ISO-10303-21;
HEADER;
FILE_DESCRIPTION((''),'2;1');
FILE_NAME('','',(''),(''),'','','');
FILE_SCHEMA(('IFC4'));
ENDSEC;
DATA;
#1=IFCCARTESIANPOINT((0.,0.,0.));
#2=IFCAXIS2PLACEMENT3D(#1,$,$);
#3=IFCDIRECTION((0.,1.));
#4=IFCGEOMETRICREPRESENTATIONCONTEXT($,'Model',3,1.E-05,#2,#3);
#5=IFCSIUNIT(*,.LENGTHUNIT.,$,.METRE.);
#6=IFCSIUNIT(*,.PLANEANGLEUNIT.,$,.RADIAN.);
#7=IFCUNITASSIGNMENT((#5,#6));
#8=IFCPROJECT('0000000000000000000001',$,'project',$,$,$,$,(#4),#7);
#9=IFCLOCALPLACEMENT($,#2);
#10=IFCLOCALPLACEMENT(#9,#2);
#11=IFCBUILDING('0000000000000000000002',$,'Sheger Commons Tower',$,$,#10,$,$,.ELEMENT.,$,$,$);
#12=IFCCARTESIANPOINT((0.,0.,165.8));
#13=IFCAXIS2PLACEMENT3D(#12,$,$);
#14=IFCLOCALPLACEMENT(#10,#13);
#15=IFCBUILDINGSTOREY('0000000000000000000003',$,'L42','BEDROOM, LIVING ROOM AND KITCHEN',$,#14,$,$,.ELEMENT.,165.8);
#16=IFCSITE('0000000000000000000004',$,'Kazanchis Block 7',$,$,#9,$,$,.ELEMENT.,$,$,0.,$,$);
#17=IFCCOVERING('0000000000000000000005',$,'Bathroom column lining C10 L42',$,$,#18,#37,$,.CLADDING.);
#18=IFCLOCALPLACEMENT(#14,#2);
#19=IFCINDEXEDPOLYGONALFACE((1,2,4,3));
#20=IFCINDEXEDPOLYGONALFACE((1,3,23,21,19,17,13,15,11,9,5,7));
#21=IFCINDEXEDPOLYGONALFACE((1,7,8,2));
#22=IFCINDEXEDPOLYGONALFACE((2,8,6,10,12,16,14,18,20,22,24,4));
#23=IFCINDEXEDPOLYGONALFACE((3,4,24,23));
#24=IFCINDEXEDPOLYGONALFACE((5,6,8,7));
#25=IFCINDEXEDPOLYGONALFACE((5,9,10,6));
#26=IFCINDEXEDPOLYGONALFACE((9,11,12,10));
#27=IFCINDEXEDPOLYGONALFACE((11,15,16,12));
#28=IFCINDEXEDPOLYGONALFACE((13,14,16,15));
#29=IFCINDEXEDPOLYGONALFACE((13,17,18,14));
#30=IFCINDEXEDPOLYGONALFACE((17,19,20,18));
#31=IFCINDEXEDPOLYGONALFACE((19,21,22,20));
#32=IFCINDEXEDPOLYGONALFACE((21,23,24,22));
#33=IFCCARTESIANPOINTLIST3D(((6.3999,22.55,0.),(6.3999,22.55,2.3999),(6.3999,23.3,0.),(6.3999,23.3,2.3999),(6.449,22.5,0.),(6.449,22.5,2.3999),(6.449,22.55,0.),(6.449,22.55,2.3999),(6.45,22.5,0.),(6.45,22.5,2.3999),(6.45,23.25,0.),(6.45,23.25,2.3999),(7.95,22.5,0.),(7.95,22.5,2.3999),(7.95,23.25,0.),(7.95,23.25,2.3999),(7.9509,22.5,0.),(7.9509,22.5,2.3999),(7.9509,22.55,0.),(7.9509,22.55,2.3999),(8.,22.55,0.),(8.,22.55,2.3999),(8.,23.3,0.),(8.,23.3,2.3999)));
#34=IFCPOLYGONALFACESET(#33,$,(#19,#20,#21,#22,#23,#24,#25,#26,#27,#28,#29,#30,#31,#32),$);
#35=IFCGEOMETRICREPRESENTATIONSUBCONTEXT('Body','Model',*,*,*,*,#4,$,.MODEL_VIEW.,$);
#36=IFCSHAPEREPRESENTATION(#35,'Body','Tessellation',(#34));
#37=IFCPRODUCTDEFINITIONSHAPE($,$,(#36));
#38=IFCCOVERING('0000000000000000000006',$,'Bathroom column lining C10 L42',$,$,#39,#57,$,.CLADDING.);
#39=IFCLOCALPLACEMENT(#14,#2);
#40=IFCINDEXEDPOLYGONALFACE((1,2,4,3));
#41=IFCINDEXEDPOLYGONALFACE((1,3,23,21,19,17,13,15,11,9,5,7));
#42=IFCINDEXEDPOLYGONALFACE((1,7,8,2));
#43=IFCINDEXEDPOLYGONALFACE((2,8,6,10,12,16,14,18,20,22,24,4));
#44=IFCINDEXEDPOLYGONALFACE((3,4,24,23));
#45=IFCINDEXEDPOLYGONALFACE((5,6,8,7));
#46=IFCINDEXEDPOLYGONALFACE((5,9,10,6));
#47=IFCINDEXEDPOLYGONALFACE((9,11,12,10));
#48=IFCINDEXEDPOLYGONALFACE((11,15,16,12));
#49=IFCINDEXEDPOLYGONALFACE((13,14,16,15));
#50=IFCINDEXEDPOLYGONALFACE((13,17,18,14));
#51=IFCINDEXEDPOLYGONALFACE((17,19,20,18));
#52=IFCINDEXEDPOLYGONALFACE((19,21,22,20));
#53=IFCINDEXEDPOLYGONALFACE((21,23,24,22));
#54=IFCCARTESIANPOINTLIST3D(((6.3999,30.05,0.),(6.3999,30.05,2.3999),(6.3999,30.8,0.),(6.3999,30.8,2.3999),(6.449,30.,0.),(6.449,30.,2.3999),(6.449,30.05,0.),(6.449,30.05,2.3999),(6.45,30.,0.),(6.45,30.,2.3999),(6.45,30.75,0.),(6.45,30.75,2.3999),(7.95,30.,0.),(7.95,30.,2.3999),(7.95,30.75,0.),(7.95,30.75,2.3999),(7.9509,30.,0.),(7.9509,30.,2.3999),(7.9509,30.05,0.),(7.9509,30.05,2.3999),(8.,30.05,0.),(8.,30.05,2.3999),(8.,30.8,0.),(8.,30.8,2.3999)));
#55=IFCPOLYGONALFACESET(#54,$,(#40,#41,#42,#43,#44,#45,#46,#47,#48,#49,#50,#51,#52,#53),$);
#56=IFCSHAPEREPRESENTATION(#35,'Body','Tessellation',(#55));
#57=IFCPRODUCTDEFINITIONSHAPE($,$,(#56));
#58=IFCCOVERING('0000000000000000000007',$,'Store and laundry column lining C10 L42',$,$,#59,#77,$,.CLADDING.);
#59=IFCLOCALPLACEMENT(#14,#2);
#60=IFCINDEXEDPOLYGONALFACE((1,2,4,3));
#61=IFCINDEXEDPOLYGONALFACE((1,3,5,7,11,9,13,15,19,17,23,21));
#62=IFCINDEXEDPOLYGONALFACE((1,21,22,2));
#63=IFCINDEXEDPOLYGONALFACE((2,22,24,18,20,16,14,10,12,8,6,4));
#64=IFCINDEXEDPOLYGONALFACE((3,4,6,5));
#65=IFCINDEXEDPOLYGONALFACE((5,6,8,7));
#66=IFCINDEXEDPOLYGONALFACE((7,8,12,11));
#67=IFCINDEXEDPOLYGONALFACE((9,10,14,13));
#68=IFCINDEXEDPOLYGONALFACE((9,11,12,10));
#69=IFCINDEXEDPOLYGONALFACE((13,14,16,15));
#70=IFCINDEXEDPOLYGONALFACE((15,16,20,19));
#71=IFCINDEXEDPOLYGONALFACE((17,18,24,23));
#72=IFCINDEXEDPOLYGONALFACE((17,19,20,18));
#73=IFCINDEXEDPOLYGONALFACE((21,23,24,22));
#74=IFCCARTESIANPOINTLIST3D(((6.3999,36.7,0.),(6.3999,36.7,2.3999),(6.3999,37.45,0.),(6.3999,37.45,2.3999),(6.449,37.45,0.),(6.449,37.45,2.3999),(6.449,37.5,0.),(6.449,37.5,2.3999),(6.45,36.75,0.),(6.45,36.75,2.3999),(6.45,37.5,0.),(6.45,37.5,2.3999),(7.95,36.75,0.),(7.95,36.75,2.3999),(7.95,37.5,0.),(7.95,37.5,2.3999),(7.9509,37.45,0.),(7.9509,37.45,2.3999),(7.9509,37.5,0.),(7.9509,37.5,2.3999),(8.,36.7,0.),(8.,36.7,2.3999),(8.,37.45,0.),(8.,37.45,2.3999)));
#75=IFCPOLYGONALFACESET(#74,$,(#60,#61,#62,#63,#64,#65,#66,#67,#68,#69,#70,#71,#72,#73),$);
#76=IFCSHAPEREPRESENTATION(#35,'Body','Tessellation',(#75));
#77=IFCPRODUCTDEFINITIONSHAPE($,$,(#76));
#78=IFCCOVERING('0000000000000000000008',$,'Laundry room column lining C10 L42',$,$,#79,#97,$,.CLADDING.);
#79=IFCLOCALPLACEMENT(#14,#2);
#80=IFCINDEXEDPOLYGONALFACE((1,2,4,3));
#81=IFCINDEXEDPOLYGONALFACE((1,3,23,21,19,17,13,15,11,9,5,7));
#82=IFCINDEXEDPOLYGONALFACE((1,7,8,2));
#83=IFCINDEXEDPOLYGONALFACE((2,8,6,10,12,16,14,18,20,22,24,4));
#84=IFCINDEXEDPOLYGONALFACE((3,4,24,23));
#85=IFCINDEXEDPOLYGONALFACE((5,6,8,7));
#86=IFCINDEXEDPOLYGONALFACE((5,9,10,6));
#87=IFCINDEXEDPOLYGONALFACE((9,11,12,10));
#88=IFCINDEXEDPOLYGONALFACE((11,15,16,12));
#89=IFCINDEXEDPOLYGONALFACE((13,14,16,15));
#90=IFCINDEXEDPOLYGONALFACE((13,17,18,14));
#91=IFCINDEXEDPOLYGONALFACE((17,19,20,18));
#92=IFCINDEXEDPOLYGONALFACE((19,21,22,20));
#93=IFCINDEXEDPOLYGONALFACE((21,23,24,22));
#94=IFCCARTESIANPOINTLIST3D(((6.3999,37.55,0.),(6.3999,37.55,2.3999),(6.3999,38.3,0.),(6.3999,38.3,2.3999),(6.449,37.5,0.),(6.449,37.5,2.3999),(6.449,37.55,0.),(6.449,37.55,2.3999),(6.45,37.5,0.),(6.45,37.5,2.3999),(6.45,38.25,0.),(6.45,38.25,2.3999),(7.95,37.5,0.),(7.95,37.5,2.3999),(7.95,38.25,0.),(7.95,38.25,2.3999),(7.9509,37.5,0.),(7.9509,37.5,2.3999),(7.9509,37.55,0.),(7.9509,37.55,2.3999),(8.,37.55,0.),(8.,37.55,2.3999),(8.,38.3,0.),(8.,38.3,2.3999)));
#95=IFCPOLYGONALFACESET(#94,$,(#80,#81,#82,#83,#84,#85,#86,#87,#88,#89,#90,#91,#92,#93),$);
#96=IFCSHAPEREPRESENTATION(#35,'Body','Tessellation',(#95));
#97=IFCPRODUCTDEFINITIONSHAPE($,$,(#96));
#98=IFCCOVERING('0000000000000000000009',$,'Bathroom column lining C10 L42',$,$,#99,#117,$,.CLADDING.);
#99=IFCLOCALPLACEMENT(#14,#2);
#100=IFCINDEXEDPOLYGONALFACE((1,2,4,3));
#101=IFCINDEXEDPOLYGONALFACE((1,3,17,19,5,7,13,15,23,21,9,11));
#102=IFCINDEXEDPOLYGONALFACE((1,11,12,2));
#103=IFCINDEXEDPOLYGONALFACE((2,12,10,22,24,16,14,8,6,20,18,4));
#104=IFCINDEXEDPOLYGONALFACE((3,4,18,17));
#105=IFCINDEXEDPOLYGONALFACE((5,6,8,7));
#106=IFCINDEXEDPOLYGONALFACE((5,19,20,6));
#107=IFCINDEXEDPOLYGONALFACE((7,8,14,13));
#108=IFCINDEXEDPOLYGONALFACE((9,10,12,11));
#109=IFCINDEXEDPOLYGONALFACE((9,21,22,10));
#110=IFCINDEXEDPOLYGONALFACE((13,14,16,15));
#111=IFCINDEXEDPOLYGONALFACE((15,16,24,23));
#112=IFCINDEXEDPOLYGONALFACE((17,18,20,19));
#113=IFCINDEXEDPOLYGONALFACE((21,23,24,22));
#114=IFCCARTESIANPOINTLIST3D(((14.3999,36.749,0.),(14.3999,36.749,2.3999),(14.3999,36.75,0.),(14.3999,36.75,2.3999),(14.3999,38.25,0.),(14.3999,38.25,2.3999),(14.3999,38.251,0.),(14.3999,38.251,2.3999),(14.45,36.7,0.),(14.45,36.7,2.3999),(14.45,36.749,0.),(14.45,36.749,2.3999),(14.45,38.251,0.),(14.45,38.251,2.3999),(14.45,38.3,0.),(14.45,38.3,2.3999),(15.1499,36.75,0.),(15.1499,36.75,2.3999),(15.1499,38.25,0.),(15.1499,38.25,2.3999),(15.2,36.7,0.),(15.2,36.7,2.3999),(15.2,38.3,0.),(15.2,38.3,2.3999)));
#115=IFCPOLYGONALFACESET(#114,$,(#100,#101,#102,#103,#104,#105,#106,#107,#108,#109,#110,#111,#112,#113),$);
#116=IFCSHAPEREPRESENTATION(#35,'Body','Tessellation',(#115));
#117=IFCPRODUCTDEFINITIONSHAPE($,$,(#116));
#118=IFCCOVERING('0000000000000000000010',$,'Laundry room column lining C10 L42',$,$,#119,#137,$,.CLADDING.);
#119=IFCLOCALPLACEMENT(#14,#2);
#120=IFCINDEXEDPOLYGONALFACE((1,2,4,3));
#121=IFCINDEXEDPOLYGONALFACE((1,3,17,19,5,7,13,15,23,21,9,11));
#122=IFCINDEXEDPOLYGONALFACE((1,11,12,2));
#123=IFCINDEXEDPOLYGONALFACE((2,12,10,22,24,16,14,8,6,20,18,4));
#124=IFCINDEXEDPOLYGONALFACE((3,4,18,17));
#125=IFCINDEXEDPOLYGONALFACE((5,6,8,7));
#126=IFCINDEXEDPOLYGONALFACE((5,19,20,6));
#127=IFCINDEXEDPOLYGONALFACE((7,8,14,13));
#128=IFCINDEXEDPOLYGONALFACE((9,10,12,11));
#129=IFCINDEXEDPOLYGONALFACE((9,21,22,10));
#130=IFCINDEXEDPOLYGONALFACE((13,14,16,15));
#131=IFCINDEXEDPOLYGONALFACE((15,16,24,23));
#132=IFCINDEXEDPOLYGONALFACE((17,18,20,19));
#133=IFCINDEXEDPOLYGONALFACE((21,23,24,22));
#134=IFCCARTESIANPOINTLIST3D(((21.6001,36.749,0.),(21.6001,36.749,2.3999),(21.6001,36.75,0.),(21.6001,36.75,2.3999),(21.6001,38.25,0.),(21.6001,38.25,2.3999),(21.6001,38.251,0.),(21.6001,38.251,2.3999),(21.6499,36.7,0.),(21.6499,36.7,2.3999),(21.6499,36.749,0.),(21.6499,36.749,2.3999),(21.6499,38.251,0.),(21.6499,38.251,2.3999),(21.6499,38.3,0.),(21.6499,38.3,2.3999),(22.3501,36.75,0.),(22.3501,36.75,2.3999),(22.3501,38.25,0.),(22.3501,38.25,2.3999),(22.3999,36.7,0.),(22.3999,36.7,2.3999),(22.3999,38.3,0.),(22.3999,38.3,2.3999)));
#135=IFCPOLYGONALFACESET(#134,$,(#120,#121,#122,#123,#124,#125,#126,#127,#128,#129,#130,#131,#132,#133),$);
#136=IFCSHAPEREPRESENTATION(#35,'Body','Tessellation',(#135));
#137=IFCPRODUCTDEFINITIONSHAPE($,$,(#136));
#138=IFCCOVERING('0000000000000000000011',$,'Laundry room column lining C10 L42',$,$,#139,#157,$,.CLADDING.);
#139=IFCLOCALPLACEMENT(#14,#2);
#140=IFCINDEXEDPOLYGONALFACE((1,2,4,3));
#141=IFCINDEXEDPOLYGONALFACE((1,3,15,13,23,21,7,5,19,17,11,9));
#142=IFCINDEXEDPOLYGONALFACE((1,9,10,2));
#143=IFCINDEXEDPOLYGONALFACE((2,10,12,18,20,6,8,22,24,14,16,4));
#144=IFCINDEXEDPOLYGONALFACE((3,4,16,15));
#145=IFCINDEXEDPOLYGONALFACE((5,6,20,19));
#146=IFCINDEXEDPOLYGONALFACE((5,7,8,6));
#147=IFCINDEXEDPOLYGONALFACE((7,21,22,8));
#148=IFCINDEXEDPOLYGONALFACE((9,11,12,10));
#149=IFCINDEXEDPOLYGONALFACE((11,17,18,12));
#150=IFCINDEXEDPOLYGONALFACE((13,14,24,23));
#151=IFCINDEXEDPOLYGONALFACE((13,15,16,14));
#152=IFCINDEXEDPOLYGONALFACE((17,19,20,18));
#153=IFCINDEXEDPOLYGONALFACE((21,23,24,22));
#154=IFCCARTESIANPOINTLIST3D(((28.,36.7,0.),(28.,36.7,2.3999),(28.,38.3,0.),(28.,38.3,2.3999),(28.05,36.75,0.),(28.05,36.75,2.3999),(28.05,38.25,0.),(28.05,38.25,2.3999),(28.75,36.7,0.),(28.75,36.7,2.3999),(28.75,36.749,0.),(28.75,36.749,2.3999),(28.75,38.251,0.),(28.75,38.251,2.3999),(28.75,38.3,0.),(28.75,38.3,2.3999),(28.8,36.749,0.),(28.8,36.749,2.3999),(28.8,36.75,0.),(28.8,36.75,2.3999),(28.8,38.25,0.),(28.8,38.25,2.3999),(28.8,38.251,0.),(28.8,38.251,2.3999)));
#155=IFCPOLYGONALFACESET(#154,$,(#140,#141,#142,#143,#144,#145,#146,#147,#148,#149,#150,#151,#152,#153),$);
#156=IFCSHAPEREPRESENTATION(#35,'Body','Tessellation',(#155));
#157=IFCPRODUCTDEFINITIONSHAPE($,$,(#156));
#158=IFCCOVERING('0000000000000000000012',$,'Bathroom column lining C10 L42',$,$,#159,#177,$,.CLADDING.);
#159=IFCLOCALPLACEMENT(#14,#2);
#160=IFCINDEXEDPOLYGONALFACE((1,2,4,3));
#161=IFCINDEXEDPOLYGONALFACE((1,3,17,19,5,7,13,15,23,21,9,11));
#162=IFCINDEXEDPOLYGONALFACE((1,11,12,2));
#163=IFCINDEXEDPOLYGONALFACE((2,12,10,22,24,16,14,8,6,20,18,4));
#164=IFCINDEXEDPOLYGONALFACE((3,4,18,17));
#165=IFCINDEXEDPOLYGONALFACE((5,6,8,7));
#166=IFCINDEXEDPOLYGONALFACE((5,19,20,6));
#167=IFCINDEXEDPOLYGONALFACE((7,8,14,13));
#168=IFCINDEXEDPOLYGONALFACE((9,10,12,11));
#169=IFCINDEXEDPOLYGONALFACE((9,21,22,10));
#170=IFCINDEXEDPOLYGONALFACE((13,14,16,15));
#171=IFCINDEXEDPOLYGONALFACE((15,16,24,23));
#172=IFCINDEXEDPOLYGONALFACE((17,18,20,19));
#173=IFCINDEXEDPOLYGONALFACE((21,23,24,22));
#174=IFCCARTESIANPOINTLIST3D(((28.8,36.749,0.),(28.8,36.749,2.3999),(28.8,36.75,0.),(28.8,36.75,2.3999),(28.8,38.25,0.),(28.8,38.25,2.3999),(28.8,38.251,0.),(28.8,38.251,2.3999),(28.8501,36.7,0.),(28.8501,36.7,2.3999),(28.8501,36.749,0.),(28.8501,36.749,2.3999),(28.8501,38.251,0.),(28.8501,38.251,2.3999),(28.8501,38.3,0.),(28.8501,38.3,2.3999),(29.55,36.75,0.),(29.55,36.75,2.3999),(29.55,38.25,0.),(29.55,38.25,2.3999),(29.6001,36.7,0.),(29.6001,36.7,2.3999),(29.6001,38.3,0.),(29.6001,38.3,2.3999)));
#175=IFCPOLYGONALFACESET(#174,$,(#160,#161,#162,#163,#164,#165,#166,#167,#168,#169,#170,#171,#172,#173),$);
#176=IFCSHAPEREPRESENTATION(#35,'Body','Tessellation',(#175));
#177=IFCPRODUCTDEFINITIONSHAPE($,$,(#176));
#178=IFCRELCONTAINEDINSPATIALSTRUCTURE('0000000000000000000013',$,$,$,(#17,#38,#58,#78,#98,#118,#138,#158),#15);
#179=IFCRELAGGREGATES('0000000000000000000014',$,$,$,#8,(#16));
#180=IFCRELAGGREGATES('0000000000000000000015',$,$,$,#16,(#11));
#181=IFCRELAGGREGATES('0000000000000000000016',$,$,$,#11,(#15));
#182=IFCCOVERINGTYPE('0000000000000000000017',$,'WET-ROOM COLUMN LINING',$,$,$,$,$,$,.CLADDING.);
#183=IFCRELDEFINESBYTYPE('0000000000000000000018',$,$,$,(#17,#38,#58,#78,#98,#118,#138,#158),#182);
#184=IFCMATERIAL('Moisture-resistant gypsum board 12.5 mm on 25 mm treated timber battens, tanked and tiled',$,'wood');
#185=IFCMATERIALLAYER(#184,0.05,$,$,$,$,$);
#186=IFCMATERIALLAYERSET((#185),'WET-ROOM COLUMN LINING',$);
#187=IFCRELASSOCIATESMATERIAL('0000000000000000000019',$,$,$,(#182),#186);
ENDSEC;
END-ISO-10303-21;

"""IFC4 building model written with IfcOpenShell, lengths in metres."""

from ifc_helpers import new_model, si_unit, direction, frame, origin, place, context, subcontext, project, spatial, polyline, outline, extrude, material, layer, layer_set, type_object, element, save


model = new_model("IFC4")

# Units and contexts
model_context = context("Model", 3, precision=1e-05, world=origin(), true_north=direction((0.0, 1.0)))
body_context = subcontext(model_context, "Body", "Model", "MODEL_VIEW")
ifc_project = project(units=[si_unit("LENGTHUNIT", "METRE"), si_unit("PLANEANGLEUNIT", "RADIAN")], contexts=[model_context])

# Site, building, storey
site_placement = place(None, origin())
site = spatial("IfcSite", under=ifc_project, at=site_placement, Name="Kazanchis Block 7", CompositionType="ELEMENT", RefElevation=0.0)
building_placement = place(site_placement, origin())
building = spatial("IfcBuilding", under=site, at=building_placement, Name="Sheger Commons Tower", CompositionType="ELEMENT")
storey_placement = place(building_placement, frame((0.0, 0.0, 165.8)))
storey = spatial("IfcBuildingStorey", under=building, at=storey_placement, Name="L42", Description="BEDROOM, LIVING ROOM AND KITCHEN", CompositionType="ELEMENT", Elevation=165.8)

# Coverings
ifc_material_1 = material(Name="Moisture-resistant gypsum board 12.5 mm on 25 mm treated timber battens, tanked and tiled", Category="wood")
ifc_layer_1 = layer(ifc_material_1, 0.05)
ifc_layer_set_1 = layer_set([ifc_layer_1], Name="WET-ROOM COLUMN LINING")
covering_type_1 = type_object("IfcCoveringType", Name="WET-ROOM COLUMN LINING", PredefinedType="CLADDING", material=ifc_layer_set_1)
covering_1_placement = place(storey_placement, origin())
element("IfcCovering", 1, at=covering_1_placement, inside=storey, type_object=covering_type_1, Name="Bathroom column lining C10 L42", PredefinedType="CLADDING", context=body_context, shape_type="SweptSolid", body=[
    extrude(outline(polyline([(8.0, 23.3), (8.0, 22.55), (7.9509, 22.55), (7.9509, 22.5), (7.95, 22.5), (7.95, 23.25), (6.45, 23.25), (6.45, 22.5), (6.449, 22.5), (6.449, 22.55), (6.3999, 22.55), (6.3999, 23.3), (8.0, 23.3)])), origin(), (0.0, 0.0, 1.0), 2.3999),
])
covering_2_placement = place(storey_placement, origin())
element("IfcCovering", 2, at=covering_2_placement, inside=storey, type_object=covering_type_1, Name="Bathroom column lining C10 L42", PredefinedType="CLADDING", context=body_context, shape_type="SweptSolid", body=[
    extrude(outline(polyline([(8.0, 30.8), (8.0, 30.05), (7.9509, 30.05), (7.9509, 30.0), (7.95, 30.0), (7.95, 30.75), (6.45, 30.75), (6.45, 30.0), (6.449, 30.0), (6.449, 30.05), (6.3999, 30.05), (6.3999, 30.8), (8.0, 30.8)])), origin(), (0.0, 0.0, 1.0), 2.3999),
])
covering_3_placement = place(storey_placement, origin())
element("IfcCovering", 3, at=covering_3_placement, inside=storey, type_object=covering_type_1, Name="Store and laundry column lining C10 L42", PredefinedType="CLADDING", context=body_context, shape_type="SweptSolid", body=[
    extrude(outline(polyline([(6.45, 37.5), (6.45, 36.75), (7.95, 36.75), (7.95, 37.5), (7.9509, 37.5), (7.9509, 37.45), (8.0, 37.45), (8.0, 36.7), (6.3999, 36.7), (6.3999, 37.45), (6.449, 37.45), (6.449, 37.5), (6.45, 37.5)])), origin(), (0.0, 0.0, 1.0), 2.3999),
])
covering_4_placement = place(storey_placement, origin())
element("IfcCovering", 4, at=covering_4_placement, inside=storey, type_object=covering_type_1, Name="Laundry room column lining C10 L42", PredefinedType="CLADDING", context=body_context, shape_type="SweptSolid", body=[
    extrude(outline(polyline([(8.0, 38.3), (8.0, 37.55), (7.9509, 37.55), (7.9509, 37.5), (7.95, 37.5), (7.95, 38.25), (6.45, 38.25), (6.45, 37.5), (6.449, 37.5), (6.449, 37.55), (6.3999, 37.55), (6.3999, 38.3), (8.0, 38.3)])), origin(), (0.0, 0.0, 1.0), 2.3999),
])
covering_5_placement = place(storey_placement, origin())
element("IfcCovering", 5, at=covering_5_placement, inside=storey, type_object=covering_type_1, Name="Bathroom column lining C10 L42", PredefinedType="CLADDING", context=body_context, shape_type="SweptSolid", body=[
    extrude(outline(polyline([(15.2, 36.7), (14.45, 36.7), (14.45, 36.749), (14.3999, 36.749), (14.3999, 36.75), (15.1499, 36.75), (15.1499, 38.25), (14.3999, 38.25), (14.3999, 38.251), (14.45, 38.251), (14.45, 38.3), (15.2, 38.3), (15.2, 36.7)])), origin(), (0.0, 0.0, 1.0), 2.3999),
])
covering_6_placement = place(storey_placement, origin())
element("IfcCovering", 6, at=covering_6_placement, inside=storey, type_object=covering_type_1, Name="Laundry room column lining C10 L42", PredefinedType="CLADDING", context=body_context, shape_type="SweptSolid", body=[
    extrude(outline(polyline([(22.3999, 36.7), (21.6499, 36.7), (21.6499, 36.749), (21.6001, 36.749), (21.6001, 36.75), (22.3501, 36.75), (22.3501, 38.25), (21.6001, 38.25), (21.6001, 38.251), (21.6499, 38.251), (21.6499, 38.3), (22.3999, 38.3), (22.3999, 36.7)])), origin(), (0.0, 0.0, 1.0), 2.3999),
])
covering_7_placement = place(storey_placement, origin())
element("IfcCovering", 7, at=covering_7_placement, inside=storey, type_object=covering_type_1, Name="Laundry room column lining C10 L42", PredefinedType="CLADDING", context=body_context, shape_type="SweptSolid", body=[
    extrude(outline(polyline([(28.75, 38.3), (28.75, 38.251), (28.8, 38.251), (28.8, 38.25), (28.05, 38.25), (28.05, 36.75), (28.8, 36.75), (28.8, 36.749), (28.75, 36.749), (28.75, 36.7), (28.0, 36.7), (28.0, 38.3), (28.75, 38.3)])), origin(), (0.0, 0.0, 1.0), 2.3999),
])
covering_8_placement = place(storey_placement, origin())
element("IfcCovering", 8, at=covering_8_placement, inside=storey, type_object=covering_type_1, Name="Bathroom column lining C10 L42", PredefinedType="CLADDING", context=body_context, shape_type="SweptSolid", body=[
    extrude(outline(polyline([(29.6001, 36.7), (28.8501, 36.7), (28.8501, 36.749), (28.8, 36.749), (28.8, 36.75), (29.55, 36.75), (29.55, 38.25), (28.8, 38.25), (28.8, 38.251), (28.8501, 38.251), (28.8501, 38.3), (29.6001, 38.3), (29.6001, 36.7)])), origin(), (0.0, 0.0, 1.0), 2.3999),
])

save(model, "model.ifc")
